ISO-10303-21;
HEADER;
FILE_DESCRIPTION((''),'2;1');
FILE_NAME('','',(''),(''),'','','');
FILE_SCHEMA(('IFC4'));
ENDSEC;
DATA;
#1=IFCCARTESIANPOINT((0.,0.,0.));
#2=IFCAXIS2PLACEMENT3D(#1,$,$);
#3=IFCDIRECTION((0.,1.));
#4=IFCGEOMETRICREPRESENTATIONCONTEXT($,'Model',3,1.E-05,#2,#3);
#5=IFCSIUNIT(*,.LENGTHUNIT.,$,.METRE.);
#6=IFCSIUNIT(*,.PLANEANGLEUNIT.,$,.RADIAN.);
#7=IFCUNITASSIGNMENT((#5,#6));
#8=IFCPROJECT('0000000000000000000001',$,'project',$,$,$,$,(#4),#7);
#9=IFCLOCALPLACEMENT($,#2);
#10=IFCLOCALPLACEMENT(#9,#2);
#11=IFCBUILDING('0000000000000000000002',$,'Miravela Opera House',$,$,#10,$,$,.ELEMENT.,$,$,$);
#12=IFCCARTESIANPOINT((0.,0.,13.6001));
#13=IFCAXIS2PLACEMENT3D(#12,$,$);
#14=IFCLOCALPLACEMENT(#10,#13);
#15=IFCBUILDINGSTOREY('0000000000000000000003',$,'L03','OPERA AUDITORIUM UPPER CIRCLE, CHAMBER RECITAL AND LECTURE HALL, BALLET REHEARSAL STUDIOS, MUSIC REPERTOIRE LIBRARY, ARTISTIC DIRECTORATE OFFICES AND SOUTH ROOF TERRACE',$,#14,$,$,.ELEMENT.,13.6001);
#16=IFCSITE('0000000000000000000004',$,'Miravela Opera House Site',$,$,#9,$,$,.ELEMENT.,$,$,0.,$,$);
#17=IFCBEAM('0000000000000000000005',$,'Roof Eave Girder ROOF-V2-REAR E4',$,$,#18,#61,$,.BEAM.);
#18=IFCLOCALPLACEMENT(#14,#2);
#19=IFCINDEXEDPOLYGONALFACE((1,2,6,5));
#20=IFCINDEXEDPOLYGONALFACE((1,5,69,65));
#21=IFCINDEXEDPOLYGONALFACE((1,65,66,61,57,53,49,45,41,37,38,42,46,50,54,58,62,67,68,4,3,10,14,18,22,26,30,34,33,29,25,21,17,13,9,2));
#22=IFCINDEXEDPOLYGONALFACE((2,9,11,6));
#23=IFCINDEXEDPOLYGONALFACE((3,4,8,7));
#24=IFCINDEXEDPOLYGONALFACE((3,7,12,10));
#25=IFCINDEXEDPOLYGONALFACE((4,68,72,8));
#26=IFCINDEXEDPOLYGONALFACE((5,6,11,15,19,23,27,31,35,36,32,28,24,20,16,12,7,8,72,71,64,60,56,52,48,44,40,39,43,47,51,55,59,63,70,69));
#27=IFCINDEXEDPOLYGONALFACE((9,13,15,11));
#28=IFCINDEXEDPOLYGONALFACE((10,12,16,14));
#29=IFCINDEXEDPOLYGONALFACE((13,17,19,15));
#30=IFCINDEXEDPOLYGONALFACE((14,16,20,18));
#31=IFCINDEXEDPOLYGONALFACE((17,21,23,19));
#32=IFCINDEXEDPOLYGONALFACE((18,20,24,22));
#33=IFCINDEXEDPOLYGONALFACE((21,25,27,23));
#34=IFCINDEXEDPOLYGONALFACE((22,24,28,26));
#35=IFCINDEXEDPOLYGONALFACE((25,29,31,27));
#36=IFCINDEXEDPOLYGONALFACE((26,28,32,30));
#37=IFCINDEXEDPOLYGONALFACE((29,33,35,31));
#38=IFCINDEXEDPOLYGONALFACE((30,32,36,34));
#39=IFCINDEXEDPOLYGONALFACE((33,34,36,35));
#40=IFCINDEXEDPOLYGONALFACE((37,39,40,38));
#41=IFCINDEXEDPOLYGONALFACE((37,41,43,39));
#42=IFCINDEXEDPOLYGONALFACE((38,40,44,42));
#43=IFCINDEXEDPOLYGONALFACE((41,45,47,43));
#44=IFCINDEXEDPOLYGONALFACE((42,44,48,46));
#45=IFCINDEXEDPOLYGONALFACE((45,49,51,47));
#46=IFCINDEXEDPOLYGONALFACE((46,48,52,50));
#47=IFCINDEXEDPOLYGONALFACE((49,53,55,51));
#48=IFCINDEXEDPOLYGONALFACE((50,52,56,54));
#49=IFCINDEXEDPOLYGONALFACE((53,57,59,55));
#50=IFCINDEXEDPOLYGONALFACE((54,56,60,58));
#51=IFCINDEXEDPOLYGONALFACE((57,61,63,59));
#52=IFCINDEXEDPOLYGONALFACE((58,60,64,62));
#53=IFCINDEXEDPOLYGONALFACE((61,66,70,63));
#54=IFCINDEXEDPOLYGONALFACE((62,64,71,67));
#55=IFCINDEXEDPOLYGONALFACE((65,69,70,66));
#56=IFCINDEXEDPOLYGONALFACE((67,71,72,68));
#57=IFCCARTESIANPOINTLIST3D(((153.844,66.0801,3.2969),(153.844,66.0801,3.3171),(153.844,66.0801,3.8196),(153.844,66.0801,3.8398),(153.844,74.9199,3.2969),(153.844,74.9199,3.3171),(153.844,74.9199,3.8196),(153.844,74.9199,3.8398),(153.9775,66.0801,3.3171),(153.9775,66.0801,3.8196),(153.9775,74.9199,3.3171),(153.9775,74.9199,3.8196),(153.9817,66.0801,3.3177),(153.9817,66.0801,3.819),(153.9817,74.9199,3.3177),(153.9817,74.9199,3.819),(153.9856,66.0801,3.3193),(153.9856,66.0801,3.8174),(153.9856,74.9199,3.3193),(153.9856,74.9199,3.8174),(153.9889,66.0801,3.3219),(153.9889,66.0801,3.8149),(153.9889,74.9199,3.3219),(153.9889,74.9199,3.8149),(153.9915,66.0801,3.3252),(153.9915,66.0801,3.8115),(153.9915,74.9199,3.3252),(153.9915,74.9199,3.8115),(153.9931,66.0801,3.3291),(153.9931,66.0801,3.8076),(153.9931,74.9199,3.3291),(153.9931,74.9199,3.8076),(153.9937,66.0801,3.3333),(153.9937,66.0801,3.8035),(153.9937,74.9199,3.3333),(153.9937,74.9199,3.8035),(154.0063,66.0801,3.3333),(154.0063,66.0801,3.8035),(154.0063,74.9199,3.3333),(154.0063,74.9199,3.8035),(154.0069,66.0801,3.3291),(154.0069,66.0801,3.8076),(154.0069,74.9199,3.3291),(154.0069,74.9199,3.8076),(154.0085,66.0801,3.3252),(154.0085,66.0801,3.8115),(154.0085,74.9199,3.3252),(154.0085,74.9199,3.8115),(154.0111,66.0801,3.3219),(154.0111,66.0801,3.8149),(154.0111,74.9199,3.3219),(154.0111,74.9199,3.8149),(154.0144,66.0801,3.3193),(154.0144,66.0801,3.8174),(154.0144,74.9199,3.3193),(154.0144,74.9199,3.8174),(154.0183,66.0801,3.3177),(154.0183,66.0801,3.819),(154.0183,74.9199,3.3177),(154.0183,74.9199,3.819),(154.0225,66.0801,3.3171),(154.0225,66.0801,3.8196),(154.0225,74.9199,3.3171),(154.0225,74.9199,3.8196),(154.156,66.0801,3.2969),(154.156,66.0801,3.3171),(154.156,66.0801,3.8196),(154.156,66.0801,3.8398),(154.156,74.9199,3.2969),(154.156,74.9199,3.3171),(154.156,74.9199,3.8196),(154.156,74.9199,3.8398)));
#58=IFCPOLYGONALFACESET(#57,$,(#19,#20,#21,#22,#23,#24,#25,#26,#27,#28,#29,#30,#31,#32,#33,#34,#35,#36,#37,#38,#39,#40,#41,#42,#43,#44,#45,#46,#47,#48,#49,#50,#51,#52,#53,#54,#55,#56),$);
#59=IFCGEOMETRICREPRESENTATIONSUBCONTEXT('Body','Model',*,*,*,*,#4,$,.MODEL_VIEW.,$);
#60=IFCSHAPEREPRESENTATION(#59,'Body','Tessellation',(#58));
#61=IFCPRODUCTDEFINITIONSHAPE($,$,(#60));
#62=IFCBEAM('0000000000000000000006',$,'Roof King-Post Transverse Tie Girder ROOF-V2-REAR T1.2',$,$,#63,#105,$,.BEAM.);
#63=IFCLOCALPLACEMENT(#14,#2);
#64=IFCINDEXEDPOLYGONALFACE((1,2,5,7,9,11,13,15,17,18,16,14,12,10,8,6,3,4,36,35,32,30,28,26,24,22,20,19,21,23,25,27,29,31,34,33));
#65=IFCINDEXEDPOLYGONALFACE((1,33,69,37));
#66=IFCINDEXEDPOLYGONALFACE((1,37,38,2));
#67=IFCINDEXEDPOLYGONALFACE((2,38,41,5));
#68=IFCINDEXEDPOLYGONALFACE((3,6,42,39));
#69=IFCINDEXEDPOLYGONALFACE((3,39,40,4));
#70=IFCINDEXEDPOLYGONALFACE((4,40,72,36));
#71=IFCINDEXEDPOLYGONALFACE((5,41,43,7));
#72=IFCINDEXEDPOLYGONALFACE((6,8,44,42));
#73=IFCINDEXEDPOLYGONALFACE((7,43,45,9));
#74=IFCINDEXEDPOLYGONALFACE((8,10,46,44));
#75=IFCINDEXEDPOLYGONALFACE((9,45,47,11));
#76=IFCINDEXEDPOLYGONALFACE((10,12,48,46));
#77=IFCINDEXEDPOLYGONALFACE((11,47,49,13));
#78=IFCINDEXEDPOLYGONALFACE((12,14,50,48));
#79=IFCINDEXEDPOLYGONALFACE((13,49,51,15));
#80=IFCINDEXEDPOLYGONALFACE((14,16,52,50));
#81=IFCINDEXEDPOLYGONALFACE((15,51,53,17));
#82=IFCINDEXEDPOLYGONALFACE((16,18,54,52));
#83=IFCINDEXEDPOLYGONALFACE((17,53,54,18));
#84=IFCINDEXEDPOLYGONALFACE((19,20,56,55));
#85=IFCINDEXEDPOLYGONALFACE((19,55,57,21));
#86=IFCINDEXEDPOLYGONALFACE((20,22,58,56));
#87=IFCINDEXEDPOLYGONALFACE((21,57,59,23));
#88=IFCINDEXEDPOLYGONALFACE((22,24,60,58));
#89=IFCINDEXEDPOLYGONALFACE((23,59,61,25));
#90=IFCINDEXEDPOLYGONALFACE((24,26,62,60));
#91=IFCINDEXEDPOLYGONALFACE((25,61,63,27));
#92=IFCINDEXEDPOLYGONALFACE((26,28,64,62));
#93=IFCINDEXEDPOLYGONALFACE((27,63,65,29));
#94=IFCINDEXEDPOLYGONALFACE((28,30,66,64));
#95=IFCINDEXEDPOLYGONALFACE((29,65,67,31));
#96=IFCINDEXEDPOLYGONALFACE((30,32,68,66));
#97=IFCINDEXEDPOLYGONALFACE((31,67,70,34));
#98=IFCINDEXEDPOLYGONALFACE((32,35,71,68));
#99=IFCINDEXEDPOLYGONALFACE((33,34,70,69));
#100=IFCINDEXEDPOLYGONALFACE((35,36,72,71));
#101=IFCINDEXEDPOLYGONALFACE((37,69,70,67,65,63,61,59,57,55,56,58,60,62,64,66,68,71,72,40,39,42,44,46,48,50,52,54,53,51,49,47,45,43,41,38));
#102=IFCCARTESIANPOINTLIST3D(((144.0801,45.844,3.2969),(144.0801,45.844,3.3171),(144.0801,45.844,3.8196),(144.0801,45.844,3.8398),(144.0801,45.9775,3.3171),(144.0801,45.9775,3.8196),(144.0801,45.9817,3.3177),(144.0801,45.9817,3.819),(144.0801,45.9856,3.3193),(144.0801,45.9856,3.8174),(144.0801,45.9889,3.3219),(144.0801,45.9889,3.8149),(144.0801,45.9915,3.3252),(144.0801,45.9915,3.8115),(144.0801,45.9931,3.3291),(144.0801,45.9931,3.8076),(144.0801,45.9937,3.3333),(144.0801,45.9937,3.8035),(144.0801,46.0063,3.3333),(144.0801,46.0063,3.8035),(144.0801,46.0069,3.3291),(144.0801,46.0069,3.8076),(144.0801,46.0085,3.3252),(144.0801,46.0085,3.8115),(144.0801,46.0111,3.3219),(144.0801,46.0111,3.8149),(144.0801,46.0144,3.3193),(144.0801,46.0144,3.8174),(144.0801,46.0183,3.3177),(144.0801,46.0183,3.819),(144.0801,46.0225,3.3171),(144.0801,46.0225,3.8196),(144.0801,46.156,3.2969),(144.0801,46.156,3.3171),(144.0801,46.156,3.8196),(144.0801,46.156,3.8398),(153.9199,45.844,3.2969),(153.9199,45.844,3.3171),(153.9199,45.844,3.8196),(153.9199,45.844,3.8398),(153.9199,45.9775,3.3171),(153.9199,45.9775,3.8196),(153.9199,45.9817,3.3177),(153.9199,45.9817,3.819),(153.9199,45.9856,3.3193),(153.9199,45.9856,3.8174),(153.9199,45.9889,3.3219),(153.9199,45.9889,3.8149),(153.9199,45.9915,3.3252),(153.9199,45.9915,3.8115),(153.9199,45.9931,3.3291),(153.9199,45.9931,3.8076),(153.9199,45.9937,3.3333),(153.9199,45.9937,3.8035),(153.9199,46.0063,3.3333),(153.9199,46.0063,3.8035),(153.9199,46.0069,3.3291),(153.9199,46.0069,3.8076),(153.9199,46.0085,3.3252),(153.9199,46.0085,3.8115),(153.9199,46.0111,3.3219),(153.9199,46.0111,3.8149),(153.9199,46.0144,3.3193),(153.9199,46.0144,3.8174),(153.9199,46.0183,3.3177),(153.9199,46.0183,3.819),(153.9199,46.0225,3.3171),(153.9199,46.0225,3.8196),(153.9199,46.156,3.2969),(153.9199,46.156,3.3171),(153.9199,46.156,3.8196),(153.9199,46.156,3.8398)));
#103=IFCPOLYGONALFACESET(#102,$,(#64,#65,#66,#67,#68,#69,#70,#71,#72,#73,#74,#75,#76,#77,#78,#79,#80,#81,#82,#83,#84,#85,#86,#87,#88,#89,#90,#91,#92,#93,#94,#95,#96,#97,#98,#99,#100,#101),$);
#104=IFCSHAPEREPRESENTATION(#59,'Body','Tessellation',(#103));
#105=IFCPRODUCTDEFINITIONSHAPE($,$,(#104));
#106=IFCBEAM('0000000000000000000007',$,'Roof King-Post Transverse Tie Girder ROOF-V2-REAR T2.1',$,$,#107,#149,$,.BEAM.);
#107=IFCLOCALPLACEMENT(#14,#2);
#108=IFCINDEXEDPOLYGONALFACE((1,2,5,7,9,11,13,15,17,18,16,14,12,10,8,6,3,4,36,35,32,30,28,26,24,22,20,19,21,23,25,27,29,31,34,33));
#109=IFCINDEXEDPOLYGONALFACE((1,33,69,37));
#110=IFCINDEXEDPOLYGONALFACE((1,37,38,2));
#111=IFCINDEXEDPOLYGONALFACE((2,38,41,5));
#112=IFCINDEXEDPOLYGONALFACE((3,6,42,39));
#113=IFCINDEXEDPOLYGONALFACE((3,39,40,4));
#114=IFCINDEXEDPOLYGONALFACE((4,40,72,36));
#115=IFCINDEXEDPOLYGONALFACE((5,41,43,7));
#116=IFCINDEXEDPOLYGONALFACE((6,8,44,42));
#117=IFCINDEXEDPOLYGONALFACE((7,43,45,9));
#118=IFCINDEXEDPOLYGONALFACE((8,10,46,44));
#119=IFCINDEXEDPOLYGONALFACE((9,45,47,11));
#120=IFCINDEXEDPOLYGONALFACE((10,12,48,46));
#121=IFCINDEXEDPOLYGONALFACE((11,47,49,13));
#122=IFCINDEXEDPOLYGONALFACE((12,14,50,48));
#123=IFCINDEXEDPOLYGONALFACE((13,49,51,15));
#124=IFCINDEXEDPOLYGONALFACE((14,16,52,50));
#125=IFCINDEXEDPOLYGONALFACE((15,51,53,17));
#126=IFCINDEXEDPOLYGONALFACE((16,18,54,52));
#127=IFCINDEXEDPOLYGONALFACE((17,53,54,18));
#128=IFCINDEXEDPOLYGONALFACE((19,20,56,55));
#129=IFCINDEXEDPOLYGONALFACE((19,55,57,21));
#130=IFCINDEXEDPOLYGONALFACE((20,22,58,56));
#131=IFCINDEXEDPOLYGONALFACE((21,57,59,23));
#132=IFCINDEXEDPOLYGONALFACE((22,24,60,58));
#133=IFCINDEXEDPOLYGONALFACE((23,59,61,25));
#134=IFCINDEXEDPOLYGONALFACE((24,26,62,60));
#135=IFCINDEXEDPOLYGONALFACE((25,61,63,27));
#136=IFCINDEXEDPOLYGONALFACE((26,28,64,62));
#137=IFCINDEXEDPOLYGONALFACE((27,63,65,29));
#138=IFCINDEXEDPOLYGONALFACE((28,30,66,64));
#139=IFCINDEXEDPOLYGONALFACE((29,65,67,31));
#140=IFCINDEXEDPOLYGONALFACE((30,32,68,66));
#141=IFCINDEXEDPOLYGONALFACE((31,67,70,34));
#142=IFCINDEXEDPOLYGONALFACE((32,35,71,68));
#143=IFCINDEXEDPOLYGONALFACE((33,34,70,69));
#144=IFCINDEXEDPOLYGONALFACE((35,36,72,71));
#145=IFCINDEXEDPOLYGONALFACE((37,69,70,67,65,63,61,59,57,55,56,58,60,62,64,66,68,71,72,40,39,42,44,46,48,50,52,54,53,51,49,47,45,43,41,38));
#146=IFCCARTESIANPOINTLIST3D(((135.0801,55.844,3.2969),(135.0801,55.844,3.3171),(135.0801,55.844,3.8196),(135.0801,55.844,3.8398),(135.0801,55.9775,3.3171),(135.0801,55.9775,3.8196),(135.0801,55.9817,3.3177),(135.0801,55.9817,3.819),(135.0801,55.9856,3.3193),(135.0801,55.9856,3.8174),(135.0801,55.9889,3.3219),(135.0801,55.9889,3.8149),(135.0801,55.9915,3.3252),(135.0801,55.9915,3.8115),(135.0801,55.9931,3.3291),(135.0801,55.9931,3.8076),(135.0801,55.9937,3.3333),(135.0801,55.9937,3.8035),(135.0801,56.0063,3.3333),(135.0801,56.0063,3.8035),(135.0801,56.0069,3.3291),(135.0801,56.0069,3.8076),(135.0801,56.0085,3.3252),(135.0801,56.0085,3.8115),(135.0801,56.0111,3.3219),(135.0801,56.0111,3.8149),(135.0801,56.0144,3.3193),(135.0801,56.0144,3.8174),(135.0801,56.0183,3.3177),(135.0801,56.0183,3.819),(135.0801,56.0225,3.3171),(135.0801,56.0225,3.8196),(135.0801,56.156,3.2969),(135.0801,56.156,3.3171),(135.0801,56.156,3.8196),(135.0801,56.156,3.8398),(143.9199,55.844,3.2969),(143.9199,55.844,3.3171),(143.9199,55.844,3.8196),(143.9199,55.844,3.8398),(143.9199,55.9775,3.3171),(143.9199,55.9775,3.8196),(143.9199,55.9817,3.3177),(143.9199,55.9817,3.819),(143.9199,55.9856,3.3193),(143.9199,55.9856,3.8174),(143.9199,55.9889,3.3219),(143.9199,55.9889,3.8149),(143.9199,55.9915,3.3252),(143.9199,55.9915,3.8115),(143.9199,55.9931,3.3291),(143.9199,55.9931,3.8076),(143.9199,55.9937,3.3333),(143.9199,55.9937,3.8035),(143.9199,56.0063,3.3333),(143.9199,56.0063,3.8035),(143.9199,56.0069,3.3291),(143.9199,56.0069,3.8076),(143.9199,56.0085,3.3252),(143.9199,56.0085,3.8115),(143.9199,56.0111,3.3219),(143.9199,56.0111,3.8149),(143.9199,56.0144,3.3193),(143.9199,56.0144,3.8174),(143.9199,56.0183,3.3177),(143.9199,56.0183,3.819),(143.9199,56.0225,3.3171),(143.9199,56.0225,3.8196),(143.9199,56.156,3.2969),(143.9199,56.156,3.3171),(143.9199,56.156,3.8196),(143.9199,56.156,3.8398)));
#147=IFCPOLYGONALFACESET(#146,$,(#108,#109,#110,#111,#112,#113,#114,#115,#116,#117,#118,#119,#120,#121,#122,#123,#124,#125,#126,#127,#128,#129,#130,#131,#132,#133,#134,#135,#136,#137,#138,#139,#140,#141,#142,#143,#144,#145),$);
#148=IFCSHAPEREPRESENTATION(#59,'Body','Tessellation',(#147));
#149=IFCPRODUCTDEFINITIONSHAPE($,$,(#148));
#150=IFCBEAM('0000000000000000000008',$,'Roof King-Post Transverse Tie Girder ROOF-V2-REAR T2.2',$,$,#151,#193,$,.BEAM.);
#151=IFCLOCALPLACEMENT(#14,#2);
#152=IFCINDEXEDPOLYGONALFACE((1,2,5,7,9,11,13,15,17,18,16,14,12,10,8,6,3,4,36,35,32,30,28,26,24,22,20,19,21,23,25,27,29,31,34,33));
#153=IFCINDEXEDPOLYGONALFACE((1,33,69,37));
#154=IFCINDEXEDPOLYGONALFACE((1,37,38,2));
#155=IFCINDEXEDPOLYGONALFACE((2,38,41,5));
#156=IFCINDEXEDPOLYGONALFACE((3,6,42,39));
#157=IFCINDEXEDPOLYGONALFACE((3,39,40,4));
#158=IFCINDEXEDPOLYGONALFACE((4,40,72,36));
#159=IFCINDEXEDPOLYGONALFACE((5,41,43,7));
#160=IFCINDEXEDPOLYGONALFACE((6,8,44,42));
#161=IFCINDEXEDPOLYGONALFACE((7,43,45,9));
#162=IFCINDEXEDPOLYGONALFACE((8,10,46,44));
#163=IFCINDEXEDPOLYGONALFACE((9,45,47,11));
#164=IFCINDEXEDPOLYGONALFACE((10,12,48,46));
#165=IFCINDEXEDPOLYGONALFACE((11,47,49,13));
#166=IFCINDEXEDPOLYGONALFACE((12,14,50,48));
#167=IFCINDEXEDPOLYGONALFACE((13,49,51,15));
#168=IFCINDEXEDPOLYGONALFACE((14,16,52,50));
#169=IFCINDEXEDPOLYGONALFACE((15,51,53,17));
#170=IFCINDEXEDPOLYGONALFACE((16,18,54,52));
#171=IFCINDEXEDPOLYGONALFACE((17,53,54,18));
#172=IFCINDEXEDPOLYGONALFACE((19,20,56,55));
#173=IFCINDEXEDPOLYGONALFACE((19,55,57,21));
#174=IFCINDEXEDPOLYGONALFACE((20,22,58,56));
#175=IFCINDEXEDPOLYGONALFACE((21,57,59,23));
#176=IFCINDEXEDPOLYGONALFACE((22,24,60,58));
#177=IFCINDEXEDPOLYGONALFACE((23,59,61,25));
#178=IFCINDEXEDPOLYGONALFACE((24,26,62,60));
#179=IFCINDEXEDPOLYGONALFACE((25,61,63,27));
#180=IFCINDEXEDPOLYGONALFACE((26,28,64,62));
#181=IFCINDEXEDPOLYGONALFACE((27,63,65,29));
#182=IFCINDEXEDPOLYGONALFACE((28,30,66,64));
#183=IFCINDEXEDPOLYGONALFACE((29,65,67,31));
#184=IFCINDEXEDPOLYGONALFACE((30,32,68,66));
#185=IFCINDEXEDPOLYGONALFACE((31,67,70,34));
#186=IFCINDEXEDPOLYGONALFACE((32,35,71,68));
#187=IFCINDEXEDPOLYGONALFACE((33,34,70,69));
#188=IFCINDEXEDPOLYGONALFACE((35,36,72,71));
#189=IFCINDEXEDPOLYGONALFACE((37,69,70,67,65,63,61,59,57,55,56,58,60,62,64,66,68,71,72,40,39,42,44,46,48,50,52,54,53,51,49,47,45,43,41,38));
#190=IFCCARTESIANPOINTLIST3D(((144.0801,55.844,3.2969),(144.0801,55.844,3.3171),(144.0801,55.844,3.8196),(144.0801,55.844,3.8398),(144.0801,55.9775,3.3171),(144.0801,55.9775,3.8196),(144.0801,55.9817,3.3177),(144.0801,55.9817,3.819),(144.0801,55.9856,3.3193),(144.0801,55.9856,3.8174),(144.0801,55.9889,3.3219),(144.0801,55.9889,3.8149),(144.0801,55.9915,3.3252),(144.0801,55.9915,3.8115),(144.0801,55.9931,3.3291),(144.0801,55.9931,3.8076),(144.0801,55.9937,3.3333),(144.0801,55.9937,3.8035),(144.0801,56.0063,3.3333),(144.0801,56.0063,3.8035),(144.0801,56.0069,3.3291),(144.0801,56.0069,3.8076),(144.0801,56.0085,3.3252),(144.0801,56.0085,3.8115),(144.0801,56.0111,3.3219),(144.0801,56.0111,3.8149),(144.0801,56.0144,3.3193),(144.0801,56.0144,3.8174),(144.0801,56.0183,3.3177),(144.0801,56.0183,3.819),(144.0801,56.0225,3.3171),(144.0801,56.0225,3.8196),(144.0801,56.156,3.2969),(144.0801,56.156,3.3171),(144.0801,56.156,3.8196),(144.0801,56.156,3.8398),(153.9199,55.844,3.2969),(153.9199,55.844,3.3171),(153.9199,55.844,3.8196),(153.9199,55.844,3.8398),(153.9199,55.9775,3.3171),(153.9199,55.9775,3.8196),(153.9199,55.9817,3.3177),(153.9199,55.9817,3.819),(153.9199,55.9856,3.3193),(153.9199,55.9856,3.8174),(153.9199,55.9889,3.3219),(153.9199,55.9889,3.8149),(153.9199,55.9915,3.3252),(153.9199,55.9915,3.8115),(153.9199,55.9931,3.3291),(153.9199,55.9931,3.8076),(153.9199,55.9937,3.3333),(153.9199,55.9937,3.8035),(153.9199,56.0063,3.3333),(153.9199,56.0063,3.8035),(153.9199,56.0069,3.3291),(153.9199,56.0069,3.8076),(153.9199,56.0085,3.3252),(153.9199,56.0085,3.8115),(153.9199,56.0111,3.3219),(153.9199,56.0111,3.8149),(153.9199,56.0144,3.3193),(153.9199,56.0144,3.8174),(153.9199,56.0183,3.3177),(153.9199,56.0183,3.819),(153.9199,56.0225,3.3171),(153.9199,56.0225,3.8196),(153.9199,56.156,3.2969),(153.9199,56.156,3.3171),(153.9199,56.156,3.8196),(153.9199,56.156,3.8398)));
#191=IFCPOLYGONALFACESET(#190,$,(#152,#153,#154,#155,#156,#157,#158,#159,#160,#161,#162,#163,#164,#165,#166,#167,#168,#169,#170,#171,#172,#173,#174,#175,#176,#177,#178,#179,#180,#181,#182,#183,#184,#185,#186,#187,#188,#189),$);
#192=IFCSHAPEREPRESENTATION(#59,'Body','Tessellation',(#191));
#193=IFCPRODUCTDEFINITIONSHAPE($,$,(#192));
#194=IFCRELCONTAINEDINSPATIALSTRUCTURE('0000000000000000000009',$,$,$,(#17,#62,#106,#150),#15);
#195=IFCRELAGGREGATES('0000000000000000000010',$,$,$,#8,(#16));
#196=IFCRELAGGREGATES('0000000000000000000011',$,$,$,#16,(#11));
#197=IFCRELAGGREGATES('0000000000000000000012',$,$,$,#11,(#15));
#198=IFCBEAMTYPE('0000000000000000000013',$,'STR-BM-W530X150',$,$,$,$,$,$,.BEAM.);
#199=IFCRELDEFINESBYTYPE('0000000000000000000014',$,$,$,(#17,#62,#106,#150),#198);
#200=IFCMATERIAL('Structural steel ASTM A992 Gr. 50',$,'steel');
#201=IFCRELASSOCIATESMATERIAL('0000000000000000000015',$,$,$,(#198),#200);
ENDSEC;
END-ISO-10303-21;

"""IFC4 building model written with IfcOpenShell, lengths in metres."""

from ifc_helpers import new_model, si_unit, direction, frame, origin, origin_2d, place, context, subcontext, project, spatial, i_section, extrude, material, material_profile, profile_set, type_object, element, save


model = new_model("IFC4")

# Units and contexts
model_context = context("Model", 3, precision=1e-05, world=origin(), true_north=direction((0.0, 1.0)))
body_context = subcontext(model_context, "Body", "Model", "MODEL_VIEW")
ifc_project = project(units=[si_unit("LENGTHUNIT", "METRE"), si_unit("PLANEANGLEUNIT", "RADIAN")], contexts=[model_context])

# Site, building, storey
site_placement = place(None, origin())
site = spatial("IfcSite", under=ifc_project, at=site_placement, Name="Miravela Opera House Site", CompositionType="ELEMENT", RefElevation=0.0)
building_placement = place(site_placement, origin())
building = spatial("IfcBuilding", under=site, at=building_placement, Name="Miravela Opera House", CompositionType="ELEMENT")
storey_placement = place(building_placement, frame((0.0, 0.0, 13.6001)))
storey = spatial("IfcBuildingStorey", under=building, at=storey_placement, Name="L03", Description="OPERA AUDITORIUM UPPER CIRCLE, CHAMBER RECITAL AND LECTURE HALL, BALLET REHEARSAL STUDIOS, MUSIC REPERTOIRE LIBRARY, ARTISTIC DIRECTORATE OFFICES AND SOUTH ROOF TERRACE", CompositionType="ELEMENT", Elevation=13.6001)

# Beams
ifc_material_1 = material(Name="Structural steel ASTM A992 Gr. 50", Category="steel")
ifc_material_profile_1 = material_profile(ifc_material_1, i_section(OverallWidth=0.312, OverallDepth=0.543, WebThickness=0.0127, FlangeThickness=0.0203, FilletRadius=0.0161, at=origin_2d()), Name="W530X150")
ifc_profile_set_1 = profile_set([ifc_material_profile_1])
beam_type = type_object("IfcBeamType", Name="STR-BM-W530X150", PredefinedType="BEAM", material=ifc_profile_set_1)
beam_1_placement = place(storey_placement, frame((154.0, 66.0801, 3.5684), z_axis=(0.0, 1.0, 0.0), x_axis=(-1.0, 0.0, 0.0)))
element("IfcBeam", 1, at=beam_1_placement, inside=storey, type_object=beam_type, Name="Roof Eave Girder ROOF-V2-REAR E4", PredefinedType="BEAM", context=body_context, shape_type="SweptSolid", body=[
    extrude(i_section(OverallWidth=0.312, OverallDepth=0.543, WebThickness=0.0127, FlangeThickness=0.0203, FilletRadius=0.0161, at=origin_2d()), origin(), (0.0, 0.0, 1.0), 8.8398),
])
beam_2_placement = place(storey_placement, frame((144.0801, 46.0, 3.5684), z_axis=(1.0, 0.0, 0.0), x_axis=(0.0, 1.0, 0.0)))
element("IfcBeam", 2, at=beam_2_placement, inside=storey, type_object=beam_type, Name="Roof King-Post Transverse Tie Girder ROOF-V2-REAR T1.2", PredefinedType="BEAM", context=body_context, shape_type="SweptSolid", body=[
    extrude(i_section(OverallWidth=0.312, OverallDepth=0.543, WebThickness=0.0127, FlangeThickness=0.0203, FilletRadius=0.0161, at=origin_2d()), origin(), (0.0, 0.0, 1.0), 9.8398),
])
beam_3_placement = place(storey_placement, frame((135.0801, 56.0, 3.5684), z_axis=(1.0, 0.0, 0.0), x_axis=(0.0, 1.0, 0.0)))
element("IfcBeam", 3, at=beam_3_placement, inside=storey, type_object=beam_type, Name="Roof King-Post Transverse Tie Girder ROOF-V2-REAR T2.1", PredefinedType="BEAM", context=body_context, shape_type="SweptSolid", body=[
    extrude(i_section(OverallWidth=0.312, OverallDepth=0.543, WebThickness=0.0127, FlangeThickness=0.0203, FilletRadius=0.0161, at=origin_2d()), origin(), (0.0, 0.0, 1.0), 8.8398),
])
beam_4_placement = place(storey_placement, frame((144.0801, 56.0, 3.5684), z_axis=(1.0, 0.0, 0.0), x_axis=(0.0, 1.0, 0.0)))
element("IfcBeam", 4, at=beam_4_placement, inside=storey, type_object=beam_type, Name="Roof King-Post Transverse Tie Girder ROOF-V2-REAR T2.2", PredefinedType="BEAM", context=body_context, shape_type="SweptSolid", body=[
    extrude(i_section(OverallWidth=0.312, OverallDepth=0.543, WebThickness=0.0127, FlangeThickness=0.0203, FilletRadius=0.0161, at=origin_2d()), origin(), (0.0, 0.0, 1.0), 9.8398),
])

save(model, "model.ifc")
